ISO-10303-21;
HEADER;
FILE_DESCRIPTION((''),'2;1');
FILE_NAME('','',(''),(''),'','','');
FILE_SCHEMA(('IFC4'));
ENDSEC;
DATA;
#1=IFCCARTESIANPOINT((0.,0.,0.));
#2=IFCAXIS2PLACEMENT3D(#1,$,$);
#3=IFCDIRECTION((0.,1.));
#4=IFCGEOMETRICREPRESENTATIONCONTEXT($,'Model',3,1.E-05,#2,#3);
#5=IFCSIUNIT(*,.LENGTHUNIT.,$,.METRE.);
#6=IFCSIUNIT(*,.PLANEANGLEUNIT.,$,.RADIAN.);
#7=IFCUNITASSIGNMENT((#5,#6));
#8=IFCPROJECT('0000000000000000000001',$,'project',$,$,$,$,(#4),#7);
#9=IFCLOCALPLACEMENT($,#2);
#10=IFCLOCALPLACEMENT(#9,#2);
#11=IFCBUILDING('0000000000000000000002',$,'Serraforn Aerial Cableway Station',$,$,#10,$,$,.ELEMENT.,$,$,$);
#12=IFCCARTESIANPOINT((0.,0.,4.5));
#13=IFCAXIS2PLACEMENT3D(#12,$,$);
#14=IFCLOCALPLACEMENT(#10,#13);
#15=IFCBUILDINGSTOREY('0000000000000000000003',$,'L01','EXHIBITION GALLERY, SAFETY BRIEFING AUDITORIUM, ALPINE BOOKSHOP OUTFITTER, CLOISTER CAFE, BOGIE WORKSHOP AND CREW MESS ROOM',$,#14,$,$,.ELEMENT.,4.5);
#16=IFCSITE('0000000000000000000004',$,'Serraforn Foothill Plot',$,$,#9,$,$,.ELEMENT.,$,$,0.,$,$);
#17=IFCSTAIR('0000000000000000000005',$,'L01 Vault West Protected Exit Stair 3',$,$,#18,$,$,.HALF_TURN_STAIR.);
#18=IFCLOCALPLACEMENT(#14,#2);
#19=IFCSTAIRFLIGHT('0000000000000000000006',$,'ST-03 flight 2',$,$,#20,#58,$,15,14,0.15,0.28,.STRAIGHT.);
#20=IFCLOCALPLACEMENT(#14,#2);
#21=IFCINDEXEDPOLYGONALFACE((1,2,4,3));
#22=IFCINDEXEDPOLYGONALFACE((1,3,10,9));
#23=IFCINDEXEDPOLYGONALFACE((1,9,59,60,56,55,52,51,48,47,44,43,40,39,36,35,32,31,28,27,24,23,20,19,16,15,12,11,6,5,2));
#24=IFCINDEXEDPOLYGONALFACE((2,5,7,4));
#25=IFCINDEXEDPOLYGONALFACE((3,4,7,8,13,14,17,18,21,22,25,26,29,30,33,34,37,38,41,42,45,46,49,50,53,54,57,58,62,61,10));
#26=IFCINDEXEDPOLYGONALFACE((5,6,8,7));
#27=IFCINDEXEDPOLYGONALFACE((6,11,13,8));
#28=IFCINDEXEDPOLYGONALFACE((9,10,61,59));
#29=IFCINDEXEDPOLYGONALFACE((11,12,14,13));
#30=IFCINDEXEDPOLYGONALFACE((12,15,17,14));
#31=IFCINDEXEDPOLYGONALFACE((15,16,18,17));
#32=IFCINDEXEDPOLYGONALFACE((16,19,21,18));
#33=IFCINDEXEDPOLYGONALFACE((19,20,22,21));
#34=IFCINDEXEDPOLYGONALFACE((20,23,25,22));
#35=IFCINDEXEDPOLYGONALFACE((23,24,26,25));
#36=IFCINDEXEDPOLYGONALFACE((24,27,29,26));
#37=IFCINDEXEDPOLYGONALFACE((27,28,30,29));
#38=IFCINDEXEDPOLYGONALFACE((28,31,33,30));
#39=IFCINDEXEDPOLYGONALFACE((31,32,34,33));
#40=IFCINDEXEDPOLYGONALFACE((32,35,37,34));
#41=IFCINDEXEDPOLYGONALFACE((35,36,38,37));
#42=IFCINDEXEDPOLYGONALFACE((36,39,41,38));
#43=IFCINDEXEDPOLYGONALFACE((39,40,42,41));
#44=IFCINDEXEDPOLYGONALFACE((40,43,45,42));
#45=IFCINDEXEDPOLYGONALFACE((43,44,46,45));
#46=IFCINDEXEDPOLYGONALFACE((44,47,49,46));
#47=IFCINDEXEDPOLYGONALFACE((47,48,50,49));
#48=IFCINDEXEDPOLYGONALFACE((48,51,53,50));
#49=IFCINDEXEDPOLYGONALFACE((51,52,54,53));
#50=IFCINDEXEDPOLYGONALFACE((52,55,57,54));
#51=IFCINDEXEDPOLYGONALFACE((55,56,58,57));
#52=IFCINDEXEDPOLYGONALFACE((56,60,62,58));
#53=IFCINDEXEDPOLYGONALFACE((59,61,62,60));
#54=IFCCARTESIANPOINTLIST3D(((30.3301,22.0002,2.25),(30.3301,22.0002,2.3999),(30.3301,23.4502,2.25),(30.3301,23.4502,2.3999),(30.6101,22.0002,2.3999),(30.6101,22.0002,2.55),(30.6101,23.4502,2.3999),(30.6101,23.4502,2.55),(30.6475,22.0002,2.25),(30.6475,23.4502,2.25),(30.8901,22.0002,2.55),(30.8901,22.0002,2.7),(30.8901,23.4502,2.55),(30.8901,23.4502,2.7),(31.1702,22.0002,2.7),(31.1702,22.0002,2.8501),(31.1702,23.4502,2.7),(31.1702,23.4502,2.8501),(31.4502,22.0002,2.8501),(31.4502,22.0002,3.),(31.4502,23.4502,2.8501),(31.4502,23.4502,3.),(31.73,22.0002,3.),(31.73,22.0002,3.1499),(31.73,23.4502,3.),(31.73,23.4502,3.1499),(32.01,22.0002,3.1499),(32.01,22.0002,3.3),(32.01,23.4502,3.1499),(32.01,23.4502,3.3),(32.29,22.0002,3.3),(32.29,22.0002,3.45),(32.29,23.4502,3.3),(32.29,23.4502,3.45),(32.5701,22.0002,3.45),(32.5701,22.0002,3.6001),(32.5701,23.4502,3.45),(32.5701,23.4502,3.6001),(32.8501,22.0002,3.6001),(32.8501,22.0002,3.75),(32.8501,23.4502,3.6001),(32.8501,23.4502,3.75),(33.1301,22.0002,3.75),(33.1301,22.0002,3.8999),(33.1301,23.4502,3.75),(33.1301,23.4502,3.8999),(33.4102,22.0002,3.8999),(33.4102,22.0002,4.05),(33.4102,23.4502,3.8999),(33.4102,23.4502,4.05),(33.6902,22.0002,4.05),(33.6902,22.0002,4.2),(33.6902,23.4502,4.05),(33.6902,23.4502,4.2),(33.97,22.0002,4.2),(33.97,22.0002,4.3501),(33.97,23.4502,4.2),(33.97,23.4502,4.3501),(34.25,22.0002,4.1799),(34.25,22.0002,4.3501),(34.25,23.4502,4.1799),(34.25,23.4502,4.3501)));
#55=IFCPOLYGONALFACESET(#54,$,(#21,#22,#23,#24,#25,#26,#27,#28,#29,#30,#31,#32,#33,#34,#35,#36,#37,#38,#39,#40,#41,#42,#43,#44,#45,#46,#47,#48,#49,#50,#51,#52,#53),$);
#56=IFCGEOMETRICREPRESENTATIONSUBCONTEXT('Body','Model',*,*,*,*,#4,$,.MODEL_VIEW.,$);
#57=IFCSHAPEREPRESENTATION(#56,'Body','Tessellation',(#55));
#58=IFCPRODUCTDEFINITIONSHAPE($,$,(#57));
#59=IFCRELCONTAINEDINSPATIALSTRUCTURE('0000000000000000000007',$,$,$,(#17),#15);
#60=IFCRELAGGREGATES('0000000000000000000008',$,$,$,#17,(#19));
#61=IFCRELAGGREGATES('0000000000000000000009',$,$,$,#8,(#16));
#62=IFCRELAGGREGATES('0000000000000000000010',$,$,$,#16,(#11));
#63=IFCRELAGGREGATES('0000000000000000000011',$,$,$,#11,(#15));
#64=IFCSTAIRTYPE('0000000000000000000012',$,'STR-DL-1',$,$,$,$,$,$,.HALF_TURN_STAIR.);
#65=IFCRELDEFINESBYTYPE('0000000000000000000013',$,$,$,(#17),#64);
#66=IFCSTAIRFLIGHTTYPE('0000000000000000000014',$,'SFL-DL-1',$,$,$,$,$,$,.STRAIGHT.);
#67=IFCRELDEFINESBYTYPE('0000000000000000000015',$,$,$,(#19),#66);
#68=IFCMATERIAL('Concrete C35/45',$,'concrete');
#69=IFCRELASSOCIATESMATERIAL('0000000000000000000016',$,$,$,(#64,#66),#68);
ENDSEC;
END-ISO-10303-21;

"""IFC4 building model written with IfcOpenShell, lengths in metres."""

from ifc_helpers import new_model, si_unit, direction, frame, origin, place, context, subcontext, project, spatial, polyline, outline, extrude, material, type_object, element, aggregate, save


model = new_model("IFC4")

# Units and contexts
model_context = context("Model", 3, precision=1e-05, world=origin(), true_north=direction((0.0, 1.0)))
body_context = subcontext(model_context, "Body", "Model", "MODEL_VIEW")
ifc_project = project(units=[si_unit("LENGTHUNIT", "METRE"), si_unit("PLANEANGLEUNIT", "RADIAN")], contexts=[model_context])

# Site, building, storey
site_placement = place(None, origin())
site = spatial("IfcSite", under=ifc_project, at=site_placement, Name="Serraforn Foothill Plot", CompositionType="ELEMENT", RefElevation=0.0)
building_placement = place(site_placement, origin())
building = spatial("IfcBuilding", under=site, at=building_placement, Name="Serraforn Aerial Cableway Station", CompositionType="ELEMENT")
storey_placement = place(building_placement, frame((0.0, 0.0, 4.5)))
storey = spatial("IfcBuildingStorey", under=building, at=storey_placement, Name="L01", Description="EXHIBITION GALLERY, SAFETY BRIEFING AUDITORIUM, ALPINE BOOKSHOP OUTFITTER, CLOISTER CAFE, BOGIE WORKSHOP AND CREW MESS ROOM", CompositionType="ELEMENT", Elevation=4.5)

# Shared definitions
ifc_material_1 = material(Name="Concrete C35/45", Category="concrete")

# Stair, stair flight
stair_type = type_object("IfcStairType", Name="STR-DL-1", PredefinedType="HALF_TURN_STAIR", material=ifc_material_1)
stair_placement = place(storey_placement, origin())
stair = element("IfcStair", 1, at=stair_placement, inside=storey, type_object=stair_type, Name="L01 Vault West Protected Exit Stair 3", PredefinedType="HALF_TURN_STAIR")
stair_flight_type = type_object("IfcStairFlightType", Name="SFL-DL-1", PredefinedType="STRAIGHT", material=ifc_material_1)
stair_flight_1_placement = place(storey_placement, frame((30.3301, 22.7251, 2.25), z_axis=(0.0, 0.0, 1.0), x_axis=(1.0, 0.0, 0.0)))
stair_flight_1 = element("IfcStairFlight", 2, at=stair_flight_1_placement, type_object=stair_flight_type, Name="ST-03 flight 2", NumberOfRisers=15, NumberOfTreads=14, PredefinedType="STRAIGHT", RiserHeight=0.15, TreadLength=0.28, context=body_context, shape_type="SweptSolid", body=[
    extrude(outline(polyline([(0.0, 0.0), (0.0, 0.1499), (0.28, 0.1499), (0.28, 0.3), (0.5601, 0.3), (0.5601, 0.45), (0.8401, 0.45), (0.8401, 0.6001), (1.1201, 0.6001), (1.1201, 0.75), (1.3999, 0.75), (1.3999, 0.8999), (1.6799, 0.8999), (1.6799, 1.05), (1.96, 1.05), (1.96, 1.2), (2.24, 1.2), (2.24, 1.3501), (2.52, 1.3501), (2.52, 1.5), (2.8, 1.5), (2.8, 1.6499), (3.0801, 1.6499), (3.0801, 1.8), (3.3601, 1.8), (3.3601, 1.95), (3.6399, 1.95), (3.6399, 2.1001), (3.9199, 2.1001), (3.9199, 2.25), (3.9199, 1.9299), (0.3174, 0.0), (0.0, 0.0)])), frame((0.0, 0.7251, 0.0), z_axis=(0.0, -1.0, 0.0), x_axis=(1.0, 0.0, 0.0)), (0.0, 0.0, 1.0), 1.45),
])
aggregate(stair, [stair_flight_1])

save(model, "model.ifc")
